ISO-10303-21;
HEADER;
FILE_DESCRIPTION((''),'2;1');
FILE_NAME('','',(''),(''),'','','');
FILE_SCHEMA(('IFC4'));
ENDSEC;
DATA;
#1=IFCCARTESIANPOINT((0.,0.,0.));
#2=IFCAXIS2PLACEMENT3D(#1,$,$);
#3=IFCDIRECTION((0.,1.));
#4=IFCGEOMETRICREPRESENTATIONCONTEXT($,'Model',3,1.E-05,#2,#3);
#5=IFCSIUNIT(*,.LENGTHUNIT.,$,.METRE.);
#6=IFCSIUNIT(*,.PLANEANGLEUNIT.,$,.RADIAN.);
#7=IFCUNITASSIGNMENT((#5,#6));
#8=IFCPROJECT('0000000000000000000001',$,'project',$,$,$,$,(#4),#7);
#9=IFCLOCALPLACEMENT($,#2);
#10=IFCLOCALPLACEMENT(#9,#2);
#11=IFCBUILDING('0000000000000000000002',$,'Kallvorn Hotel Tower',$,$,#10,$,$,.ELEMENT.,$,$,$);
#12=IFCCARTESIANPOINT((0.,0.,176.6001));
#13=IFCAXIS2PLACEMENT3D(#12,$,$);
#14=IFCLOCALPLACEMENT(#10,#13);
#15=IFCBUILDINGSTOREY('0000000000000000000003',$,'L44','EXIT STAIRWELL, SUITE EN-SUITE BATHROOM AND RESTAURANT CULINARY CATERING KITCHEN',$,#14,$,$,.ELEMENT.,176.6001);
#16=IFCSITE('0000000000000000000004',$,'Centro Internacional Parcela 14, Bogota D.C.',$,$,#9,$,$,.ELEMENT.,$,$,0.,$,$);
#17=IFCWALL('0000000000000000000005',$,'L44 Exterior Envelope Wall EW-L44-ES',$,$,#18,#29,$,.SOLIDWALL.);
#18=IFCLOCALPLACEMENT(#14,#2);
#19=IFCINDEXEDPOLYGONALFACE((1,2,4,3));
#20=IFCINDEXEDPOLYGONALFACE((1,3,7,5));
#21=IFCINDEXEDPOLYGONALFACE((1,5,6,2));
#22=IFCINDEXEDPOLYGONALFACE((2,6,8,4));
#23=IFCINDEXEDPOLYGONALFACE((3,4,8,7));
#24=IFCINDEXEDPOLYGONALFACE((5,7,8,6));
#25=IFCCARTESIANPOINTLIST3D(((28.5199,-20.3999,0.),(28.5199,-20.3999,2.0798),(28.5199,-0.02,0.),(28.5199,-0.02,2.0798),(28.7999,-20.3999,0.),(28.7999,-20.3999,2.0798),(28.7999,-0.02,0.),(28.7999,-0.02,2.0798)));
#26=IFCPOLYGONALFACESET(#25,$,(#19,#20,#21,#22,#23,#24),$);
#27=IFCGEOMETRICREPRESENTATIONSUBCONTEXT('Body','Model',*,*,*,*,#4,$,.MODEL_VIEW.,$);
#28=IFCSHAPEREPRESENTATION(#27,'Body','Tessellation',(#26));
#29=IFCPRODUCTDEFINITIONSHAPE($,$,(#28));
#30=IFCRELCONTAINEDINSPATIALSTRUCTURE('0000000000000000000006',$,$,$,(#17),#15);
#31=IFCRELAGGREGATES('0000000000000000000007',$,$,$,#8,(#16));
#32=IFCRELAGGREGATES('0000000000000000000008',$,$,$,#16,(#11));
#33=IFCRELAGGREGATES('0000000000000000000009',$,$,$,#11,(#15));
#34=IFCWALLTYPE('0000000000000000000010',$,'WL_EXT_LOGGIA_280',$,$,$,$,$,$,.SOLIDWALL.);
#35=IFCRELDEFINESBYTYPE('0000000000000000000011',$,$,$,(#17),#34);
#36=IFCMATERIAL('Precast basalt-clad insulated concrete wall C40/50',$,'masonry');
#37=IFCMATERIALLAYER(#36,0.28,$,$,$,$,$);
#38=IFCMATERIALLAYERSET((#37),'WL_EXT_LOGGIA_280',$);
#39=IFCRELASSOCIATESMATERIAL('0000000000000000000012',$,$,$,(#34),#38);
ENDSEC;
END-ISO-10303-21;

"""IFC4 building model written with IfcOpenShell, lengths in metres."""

from ifc_helpers import new_model, si_unit, direction, frame, frame_2d, origin, place, context, subcontext, project, spatial, rectangle, extrude, material, layer, layer_set, type_object, element, save


model = new_model("IFC4")

# Units and contexts
model_context = context("Model", 3, precision=1e-05, world=origin(), true_north=direction((0.0, 1.0)))
body_context = subcontext(model_context, "Body", "Model", "MODEL_VIEW")
ifc_project = project(units=[si_unit("LENGTHUNIT", "METRE"), si_unit("PLANEANGLEUNIT", "RADIAN")], contexts=[model_context])

# Site, building, storey
site_placement = place(None, origin())
site = spatial("IfcSite", under=ifc_project, at=site_placement, Name="Centro Internacional Parcela 14, Bogota D.C.", CompositionType="ELEMENT", RefElevation=0.0)
building_placement = place(site_placement, origin())
building = spatial("IfcBuilding", under=site, at=building_placement, Name="Kallvorn Hotel Tower", CompositionType="ELEMENT")
storey_placement = place(building_placement, frame((0.0, 0.0, 176.6001)))
storey = spatial("IfcBuildingStorey", under=building, at=storey_placement, Name="L44", Description="EXIT STAIRWELL, SUITE EN-SUITE BATHROOM AND RESTAURANT CULINARY CATERING KITCHEN", CompositionType="ELEMENT", Elevation=176.6001)

# Wall
ifc_material_1 = material(Name="Precast basalt-clad insulated concrete wall C40/50", Category="masonry")
ifc_layer_1 = layer(ifc_material_1, 0.28)
ifc_layer_set_1 = layer_set([ifc_layer_1], Name="WL_EXT_LOGGIA_280")
wall_type_1 = type_object("IfcWallType", Name="WL_EXT_LOGGIA_280", PredefinedType="SOLIDWALL", material=ifc_layer_set_1)
wall_1_placement = place(storey_placement, frame((28.6599, -20.3999, 0.0), z_axis=(0.0, 0.0, 1.0), x_axis=(0.0, 1.0, 0.0)))
element("IfcWall", 1, at=wall_1_placement, inside=storey, type_object=wall_type_1, Name="L44 Exterior Envelope Wall EW-L44-ES", PredefinedType="SOLIDWALL", context=body_context, shape_type="SweptSolid", body=[
    extrude(rectangle(XDim=20.3799, YDim=0.28, at=frame_2d((10.1899, 0.0))), origin(), (0.0, 0.0, 1.0), 2.0798),
])

save(model, "model.ifc")
